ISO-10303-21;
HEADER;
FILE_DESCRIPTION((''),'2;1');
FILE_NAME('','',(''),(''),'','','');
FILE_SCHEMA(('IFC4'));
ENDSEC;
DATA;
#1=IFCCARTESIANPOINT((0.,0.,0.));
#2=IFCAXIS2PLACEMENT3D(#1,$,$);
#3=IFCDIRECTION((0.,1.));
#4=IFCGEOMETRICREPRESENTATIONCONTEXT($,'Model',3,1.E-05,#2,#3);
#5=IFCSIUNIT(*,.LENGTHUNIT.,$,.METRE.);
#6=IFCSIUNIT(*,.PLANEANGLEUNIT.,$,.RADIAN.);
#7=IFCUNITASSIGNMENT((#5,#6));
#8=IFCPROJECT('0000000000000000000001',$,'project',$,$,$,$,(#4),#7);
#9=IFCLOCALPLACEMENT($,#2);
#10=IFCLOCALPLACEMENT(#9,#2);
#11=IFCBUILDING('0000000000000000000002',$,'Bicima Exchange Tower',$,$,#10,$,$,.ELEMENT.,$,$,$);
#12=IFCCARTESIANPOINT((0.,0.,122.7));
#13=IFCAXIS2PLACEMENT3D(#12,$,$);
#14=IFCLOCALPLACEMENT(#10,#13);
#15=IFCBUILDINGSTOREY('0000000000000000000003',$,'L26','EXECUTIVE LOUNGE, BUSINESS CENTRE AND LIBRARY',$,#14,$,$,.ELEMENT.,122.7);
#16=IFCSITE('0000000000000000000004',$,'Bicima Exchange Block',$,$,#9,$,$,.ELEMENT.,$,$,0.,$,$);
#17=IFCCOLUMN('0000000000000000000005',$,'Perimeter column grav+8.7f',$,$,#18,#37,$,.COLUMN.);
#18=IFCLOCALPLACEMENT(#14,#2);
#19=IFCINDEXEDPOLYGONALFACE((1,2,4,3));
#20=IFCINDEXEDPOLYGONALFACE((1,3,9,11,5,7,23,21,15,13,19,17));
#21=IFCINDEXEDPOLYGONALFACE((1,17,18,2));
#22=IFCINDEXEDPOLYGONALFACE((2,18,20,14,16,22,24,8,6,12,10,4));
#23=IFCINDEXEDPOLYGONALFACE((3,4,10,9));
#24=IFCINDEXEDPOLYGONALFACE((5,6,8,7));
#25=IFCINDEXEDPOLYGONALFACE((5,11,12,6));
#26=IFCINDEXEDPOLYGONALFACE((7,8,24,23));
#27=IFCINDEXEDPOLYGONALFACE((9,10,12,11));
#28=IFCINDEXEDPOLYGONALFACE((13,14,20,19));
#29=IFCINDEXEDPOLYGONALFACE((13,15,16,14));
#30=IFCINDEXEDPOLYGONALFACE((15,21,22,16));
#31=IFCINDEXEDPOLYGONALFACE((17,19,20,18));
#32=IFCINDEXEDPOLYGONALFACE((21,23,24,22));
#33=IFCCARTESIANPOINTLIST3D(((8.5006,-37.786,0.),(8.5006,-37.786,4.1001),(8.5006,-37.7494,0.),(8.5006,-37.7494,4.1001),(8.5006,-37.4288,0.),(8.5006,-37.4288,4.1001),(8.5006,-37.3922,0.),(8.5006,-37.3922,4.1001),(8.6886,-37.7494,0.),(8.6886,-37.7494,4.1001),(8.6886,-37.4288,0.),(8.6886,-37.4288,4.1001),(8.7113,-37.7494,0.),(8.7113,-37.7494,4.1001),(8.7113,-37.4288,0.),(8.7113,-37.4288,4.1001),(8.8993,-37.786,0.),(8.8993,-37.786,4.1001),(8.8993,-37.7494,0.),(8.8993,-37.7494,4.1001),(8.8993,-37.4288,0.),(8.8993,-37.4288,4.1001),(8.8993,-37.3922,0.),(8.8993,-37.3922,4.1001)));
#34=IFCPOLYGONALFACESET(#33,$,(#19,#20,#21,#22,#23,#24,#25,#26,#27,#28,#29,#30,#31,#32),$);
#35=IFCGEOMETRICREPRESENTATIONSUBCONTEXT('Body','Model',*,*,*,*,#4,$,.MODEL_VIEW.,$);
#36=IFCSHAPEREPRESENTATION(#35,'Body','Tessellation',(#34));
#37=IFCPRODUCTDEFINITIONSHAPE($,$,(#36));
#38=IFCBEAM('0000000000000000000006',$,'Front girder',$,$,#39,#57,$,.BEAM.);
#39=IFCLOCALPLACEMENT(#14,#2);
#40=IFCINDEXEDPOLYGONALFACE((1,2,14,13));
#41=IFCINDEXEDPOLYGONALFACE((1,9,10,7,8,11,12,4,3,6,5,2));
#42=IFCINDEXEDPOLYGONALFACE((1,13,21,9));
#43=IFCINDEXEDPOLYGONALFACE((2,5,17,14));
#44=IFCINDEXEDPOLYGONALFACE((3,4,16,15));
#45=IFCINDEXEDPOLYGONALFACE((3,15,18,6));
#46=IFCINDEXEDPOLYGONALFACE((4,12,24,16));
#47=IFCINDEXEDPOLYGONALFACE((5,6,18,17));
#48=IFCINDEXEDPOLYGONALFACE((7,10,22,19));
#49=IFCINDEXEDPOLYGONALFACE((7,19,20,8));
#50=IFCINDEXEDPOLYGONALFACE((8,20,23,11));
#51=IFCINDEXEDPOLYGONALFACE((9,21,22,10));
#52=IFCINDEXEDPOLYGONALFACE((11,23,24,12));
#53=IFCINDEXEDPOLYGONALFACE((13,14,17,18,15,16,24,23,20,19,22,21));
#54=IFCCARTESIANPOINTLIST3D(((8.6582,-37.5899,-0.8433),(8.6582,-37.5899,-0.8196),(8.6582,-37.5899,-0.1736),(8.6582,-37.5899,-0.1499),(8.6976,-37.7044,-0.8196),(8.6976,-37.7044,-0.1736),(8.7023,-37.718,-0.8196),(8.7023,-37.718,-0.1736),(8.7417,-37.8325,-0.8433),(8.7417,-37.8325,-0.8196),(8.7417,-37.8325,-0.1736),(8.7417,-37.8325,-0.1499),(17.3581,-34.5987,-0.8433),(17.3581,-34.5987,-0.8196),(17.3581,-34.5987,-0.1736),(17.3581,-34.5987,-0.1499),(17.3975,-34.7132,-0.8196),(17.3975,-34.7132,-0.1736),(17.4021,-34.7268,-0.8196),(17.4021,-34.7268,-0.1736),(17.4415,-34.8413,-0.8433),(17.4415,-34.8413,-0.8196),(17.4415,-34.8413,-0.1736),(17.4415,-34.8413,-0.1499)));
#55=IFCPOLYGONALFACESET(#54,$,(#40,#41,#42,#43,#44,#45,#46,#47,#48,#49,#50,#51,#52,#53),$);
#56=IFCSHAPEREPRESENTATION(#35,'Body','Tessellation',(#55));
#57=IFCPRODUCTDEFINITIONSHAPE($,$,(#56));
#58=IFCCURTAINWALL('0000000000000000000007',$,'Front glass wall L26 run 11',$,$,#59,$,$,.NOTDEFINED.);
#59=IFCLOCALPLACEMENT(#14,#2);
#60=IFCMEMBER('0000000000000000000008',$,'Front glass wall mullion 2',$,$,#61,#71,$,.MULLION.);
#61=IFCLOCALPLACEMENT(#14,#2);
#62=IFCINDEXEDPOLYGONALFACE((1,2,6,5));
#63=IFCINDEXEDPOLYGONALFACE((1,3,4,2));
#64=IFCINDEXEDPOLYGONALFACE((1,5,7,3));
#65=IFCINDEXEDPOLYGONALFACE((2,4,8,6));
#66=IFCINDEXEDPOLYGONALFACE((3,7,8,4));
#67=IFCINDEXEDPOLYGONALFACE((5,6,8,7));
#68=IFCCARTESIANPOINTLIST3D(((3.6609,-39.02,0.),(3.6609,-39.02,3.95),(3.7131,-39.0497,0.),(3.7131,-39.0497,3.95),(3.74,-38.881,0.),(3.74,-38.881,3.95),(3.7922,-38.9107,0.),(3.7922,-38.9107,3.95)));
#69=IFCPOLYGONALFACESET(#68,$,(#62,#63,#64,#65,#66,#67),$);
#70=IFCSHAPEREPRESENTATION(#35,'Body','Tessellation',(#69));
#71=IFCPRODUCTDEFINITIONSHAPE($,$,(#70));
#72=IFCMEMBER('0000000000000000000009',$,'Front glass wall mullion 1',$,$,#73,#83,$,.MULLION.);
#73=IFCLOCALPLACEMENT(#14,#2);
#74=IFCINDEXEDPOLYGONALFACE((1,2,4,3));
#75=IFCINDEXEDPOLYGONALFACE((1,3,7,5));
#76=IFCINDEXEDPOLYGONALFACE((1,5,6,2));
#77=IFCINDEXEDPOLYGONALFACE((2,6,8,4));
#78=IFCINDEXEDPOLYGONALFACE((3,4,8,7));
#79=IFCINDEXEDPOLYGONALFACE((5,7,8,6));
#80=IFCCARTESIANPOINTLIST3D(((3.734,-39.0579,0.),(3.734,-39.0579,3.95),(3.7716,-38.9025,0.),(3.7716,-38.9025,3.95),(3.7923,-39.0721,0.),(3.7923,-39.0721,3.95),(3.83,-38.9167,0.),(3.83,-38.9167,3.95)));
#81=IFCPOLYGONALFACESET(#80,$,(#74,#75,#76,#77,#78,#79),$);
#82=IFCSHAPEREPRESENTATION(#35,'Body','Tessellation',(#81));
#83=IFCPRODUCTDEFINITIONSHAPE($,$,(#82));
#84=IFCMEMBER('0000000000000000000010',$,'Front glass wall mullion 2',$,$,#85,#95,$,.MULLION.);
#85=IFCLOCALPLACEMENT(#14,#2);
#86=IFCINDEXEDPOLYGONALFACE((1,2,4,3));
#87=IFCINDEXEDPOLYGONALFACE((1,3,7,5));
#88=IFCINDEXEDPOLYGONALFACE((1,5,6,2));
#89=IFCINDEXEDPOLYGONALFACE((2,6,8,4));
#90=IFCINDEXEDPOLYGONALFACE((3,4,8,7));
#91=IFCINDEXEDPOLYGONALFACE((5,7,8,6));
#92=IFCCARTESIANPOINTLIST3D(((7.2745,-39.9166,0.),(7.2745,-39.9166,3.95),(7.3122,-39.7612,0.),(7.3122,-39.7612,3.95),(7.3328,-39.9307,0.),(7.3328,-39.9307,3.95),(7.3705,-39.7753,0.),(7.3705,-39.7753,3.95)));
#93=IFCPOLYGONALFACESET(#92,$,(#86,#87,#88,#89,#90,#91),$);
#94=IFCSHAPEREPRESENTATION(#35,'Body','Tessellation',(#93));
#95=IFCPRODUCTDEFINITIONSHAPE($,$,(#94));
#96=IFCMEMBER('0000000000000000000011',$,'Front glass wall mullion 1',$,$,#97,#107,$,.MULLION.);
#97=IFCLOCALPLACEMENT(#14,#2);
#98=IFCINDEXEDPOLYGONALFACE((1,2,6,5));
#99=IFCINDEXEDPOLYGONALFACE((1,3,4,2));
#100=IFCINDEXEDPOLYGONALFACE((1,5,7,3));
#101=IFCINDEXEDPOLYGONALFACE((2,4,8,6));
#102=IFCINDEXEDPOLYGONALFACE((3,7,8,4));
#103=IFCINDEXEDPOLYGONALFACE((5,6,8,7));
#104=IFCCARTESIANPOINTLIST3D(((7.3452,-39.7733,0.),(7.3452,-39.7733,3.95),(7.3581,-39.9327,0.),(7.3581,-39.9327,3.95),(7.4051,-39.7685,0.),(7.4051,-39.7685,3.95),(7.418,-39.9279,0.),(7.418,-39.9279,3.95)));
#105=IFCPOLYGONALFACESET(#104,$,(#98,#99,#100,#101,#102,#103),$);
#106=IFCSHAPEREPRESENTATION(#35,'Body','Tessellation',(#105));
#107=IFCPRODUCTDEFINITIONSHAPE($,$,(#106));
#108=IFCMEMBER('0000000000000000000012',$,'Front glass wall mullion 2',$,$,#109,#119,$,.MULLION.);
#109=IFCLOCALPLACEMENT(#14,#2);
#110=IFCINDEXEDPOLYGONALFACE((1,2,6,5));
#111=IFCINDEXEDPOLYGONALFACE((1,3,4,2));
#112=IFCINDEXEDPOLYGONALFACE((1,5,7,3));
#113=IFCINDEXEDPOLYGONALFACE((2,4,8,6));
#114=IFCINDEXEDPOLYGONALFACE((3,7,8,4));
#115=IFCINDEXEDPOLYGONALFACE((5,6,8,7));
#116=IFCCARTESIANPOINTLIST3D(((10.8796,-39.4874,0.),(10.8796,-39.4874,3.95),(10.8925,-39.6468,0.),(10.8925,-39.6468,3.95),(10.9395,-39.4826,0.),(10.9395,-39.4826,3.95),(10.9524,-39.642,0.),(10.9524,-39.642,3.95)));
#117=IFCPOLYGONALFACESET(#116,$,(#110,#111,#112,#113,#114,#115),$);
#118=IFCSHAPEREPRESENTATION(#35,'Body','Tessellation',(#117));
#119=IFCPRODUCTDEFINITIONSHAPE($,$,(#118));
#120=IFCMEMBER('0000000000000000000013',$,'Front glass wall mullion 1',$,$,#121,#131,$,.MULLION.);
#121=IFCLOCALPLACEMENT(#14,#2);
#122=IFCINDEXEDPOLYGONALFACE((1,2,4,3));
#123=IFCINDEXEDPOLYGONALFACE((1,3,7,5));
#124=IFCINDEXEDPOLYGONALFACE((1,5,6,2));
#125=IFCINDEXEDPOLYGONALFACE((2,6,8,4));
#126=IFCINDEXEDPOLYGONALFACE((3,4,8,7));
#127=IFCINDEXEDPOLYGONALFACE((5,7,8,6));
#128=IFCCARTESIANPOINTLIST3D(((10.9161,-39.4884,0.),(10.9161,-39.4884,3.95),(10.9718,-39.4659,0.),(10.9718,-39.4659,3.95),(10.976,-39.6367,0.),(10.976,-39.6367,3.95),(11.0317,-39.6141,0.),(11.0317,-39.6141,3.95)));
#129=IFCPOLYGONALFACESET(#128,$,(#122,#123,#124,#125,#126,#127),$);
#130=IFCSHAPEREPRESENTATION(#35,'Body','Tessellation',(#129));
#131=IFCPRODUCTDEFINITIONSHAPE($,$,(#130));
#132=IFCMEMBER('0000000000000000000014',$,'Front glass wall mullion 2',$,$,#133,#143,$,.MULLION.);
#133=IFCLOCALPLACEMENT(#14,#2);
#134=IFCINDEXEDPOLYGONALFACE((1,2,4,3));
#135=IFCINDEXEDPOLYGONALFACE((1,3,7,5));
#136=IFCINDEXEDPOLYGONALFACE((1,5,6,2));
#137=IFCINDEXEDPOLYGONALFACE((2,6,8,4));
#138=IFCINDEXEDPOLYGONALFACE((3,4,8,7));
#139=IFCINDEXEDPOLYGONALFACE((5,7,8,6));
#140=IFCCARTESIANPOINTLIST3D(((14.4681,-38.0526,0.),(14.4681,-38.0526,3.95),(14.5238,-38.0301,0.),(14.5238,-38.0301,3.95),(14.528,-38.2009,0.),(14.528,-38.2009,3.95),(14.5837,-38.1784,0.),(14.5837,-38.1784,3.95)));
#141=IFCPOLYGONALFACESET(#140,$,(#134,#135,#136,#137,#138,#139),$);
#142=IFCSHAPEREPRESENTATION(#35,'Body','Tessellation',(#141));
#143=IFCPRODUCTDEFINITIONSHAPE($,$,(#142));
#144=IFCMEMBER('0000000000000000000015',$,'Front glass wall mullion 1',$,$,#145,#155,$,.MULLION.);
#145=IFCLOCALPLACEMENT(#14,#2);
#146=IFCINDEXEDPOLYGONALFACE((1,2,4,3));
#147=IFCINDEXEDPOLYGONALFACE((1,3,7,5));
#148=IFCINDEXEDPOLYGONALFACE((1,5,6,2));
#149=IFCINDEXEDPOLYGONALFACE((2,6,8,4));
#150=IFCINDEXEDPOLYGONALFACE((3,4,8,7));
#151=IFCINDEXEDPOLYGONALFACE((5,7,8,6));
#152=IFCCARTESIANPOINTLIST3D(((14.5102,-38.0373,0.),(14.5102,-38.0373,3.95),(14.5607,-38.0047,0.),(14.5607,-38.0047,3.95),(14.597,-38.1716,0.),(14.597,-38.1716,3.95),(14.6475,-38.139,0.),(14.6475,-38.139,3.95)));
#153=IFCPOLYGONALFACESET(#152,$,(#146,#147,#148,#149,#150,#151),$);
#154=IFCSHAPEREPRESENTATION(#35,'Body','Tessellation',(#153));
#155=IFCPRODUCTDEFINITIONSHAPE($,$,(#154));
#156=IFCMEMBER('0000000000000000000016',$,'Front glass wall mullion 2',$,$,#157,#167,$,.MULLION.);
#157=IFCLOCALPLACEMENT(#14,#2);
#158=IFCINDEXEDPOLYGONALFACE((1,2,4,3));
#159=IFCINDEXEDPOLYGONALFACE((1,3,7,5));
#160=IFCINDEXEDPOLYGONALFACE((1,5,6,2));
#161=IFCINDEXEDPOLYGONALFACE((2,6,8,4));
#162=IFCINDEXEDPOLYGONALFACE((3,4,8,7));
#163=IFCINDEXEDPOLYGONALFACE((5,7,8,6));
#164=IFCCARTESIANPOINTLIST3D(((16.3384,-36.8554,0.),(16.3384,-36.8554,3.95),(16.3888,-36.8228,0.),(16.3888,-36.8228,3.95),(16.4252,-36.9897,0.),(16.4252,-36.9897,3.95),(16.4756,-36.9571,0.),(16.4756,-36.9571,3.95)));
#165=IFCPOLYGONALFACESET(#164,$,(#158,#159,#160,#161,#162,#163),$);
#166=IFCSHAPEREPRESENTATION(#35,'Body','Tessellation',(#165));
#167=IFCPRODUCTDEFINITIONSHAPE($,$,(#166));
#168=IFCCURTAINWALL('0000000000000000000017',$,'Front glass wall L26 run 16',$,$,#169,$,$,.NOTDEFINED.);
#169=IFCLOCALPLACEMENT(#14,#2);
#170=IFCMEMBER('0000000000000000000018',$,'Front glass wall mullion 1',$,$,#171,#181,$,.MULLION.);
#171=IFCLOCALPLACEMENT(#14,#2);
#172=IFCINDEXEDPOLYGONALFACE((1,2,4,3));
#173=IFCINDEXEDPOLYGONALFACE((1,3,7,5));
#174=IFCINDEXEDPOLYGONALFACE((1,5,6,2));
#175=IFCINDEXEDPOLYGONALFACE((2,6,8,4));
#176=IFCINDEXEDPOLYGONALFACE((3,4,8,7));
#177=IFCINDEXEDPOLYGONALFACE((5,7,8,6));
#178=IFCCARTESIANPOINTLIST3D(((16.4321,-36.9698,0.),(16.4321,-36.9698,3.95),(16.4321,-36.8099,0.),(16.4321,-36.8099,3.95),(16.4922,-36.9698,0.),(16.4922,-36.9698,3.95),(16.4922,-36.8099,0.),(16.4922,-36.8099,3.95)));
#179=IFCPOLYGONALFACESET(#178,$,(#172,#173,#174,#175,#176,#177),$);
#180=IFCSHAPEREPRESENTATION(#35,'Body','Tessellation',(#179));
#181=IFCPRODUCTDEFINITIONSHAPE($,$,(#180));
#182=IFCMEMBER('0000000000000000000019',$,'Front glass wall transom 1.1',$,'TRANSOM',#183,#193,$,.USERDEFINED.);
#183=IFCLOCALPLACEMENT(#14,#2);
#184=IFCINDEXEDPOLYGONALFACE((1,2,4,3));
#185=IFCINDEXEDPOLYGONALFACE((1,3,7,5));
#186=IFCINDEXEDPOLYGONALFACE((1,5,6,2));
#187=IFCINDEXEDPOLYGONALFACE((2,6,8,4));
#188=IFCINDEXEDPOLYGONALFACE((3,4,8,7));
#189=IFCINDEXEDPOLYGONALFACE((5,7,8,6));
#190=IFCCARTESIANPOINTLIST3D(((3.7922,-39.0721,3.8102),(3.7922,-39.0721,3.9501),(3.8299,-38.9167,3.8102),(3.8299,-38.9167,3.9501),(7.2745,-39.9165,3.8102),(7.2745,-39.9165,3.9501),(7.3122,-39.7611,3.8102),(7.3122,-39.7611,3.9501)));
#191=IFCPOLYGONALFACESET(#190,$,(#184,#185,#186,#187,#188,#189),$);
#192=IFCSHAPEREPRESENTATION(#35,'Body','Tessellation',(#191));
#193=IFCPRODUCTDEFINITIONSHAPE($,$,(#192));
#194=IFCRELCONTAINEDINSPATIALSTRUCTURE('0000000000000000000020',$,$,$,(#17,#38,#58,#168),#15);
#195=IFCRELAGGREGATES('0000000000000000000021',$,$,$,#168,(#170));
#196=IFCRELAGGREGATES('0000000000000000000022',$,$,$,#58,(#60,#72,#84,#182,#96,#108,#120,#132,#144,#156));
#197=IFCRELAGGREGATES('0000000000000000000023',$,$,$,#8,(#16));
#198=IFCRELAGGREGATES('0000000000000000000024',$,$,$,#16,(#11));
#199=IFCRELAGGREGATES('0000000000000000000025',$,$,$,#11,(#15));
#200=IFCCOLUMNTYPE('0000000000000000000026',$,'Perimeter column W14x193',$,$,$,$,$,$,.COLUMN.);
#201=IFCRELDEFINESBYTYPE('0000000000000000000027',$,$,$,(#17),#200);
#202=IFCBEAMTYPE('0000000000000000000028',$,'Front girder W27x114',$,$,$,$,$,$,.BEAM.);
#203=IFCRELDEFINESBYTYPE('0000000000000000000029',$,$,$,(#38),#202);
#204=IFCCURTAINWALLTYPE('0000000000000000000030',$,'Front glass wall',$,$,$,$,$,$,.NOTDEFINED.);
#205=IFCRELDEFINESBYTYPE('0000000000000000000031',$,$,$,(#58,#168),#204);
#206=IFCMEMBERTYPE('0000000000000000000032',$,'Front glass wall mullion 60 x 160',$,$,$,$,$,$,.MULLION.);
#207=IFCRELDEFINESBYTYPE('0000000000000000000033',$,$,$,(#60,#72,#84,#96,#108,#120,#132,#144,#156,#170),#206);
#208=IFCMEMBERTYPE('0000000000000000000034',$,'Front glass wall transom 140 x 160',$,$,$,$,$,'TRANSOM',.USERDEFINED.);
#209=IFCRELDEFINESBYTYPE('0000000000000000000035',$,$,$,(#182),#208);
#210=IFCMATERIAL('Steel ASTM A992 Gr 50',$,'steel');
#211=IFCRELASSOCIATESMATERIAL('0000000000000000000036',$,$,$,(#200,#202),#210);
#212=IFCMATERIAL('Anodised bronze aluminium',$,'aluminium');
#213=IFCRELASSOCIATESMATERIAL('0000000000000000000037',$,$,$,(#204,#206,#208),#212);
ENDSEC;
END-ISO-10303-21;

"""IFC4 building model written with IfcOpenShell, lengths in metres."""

from ifc_helpers import new_model, si_unit, direction, frame, origin, origin_2d, place, context, subcontext, project, spatial, rectangle, i_section, extrude, material, material_profile, profile_set, type_object, element, aggregate, save


model = new_model("IFC4")

# Units and contexts
model_context = context("Model", 3, precision=1e-05, world=origin(), true_north=direction((0.0, 1.0)))
body_context = subcontext(model_context, "Body", "Model", "MODEL_VIEW")
ifc_project = project(units=[si_unit("LENGTHUNIT", "METRE"), si_unit("PLANEANGLEUNIT", "RADIAN")], contexts=[model_context])

# Site, building, storey
site_placement = place(None, origin())
site = spatial("IfcSite", under=ifc_project, at=site_placement, Name="Bicima Exchange Block", CompositionType="ELEMENT", RefElevation=0.0)
building_placement = place(site_placement, origin())
building = spatial("IfcBuilding", under=site, at=building_placement, Name="Bicima Exchange Tower", CompositionType="ELEMENT")
storey_placement = place(building_placement, frame((0.0, 0.0, 122.7)))
storey = spatial("IfcBuildingStorey", under=building, at=storey_placement, Name="L26", Description="EXECUTIVE LOUNGE, BUSINESS CENTRE AND LIBRARY", CompositionType="ELEMENT", Elevation=122.7)

# Column
ifc_material_1 = material(Name="Steel ASTM A992 Gr 50", Category="steel")
ifc_material_profile_1 = material_profile(ifc_material_1, i_section(OverallWidth=0.3987, OverallDepth=0.3938, WebThickness=0.0227, FlangeThickness=0.0366, at=origin_2d()))
ifc_profile_set_1 = profile_set([ifc_material_profile_1], Name="Steel ASTM A992 Gr 50")
column_type = type_object("IfcColumnType", Name="Perimeter column W14x193", PredefinedType="COLUMN", material=ifc_profile_set_1)
column_placement = place(storey_placement, frame((8.7, -37.5891, 0.0), z_axis=(0.0, 0.0, 1.0), x_axis=(1.0, 0.0, 0.0)))
element("IfcColumn", 1, at=column_placement, inside=storey, type_object=column_type, Name="Perimeter column grav+8.7f", PredefinedType="COLUMN", context=body_context, shape_type="SweptSolid", body=[
    extrude(i_section(OverallWidth=0.3987, OverallDepth=0.3938, WebThickness=0.0227, FlangeThickness=0.0366, at=origin_2d()), origin(), (0.0, 0.0, 1.0), 4.1001),
])

# Beam
ifc_material_profile_2 = material_profile(ifc_material_1, i_section(OverallWidth=0.2566, OverallDepth=0.6934, WebThickness=0.0144, FlangeThickness=0.0237, at=origin_2d()))
ifc_profile_set_2 = profile_set([ifc_material_profile_2], Name="Steel ASTM A992 Gr 50")
beam_type = type_object("IfcBeamType", Name="Front girder W27x114", PredefinedType="BEAM", material=ifc_profile_set_2)
beam_placement = place(storey_placement, frame((8.7, -37.7112, -0.4966), z_axis=(0.945666, 0.325138, 0.0), x_axis=(-0.325138, 0.945666, 0.0)))
element("IfcBeam", 2, at=beam_placement, inside=storey, type_object=beam_type, Name="Front girder", PredefinedType="BEAM", context=body_context, shape_type="SweptSolid", body=[
    extrude(i_section(OverallWidth=0.2566, OverallDepth=0.6934, WebThickness=0.0144, FlangeThickness=0.0237, at=origin_2d()), origin(), (0.0, 0.0, 1.0), 9.1997),
])

# Curtain wall, members
ifc_material_2 = material(Name="Anodised bronze aluminium", Category="aluminium")
curtain_wall_type = type_object("IfcCurtainWallType", Name="Front glass wall", PredefinedType="NOTDEFINED", material=ifc_material_2)
curtain_wall_1_placement = place(storey_placement, origin())
curtain_wall_1 = element("IfcCurtainWall", 3, at=curtain_wall_1_placement, inside=storey, type_object=curtain_wall_type, Name="Front glass wall L26 run 11", PredefinedType="NOTDEFINED")
ifc_material_profile_3 = material_profile(ifc_material_2, rectangle(XDim=0.1599, YDim=0.0601, at=origin_2d()))
ifc_profile_set_3 = profile_set([ifc_material_profile_3], Name="Anodised bronze aluminium")
member_type_1 = type_object("IfcMemberType", Name="Front glass wall mullion 60 x 160", PredefinedType="MULLION", material=ifc_profile_set_3)
member_1_placement = place(storey_placement, frame((3.7266, -38.9653, 0.0), z_axis=(0.0, 0.0, 1.0), x_axis=(0.49433, 0.869274, 0.0)))
member_1 = element("IfcMember", 4, at=member_1_placement, type_object=member_type_1, Name="Front glass wall mullion 2", PredefinedType="MULLION", context=body_context, shape_type="SweptSolid", body=[
    extrude(rectangle(XDim=0.1599, YDim=0.0601, at=origin_2d()), origin(), (0.0, 0.0, 1.0), 3.95),
])
member_2_placement = place(storey_placement, frame((3.782, -38.9873, 0.0), z_axis=(0.0, 0.0, 1.0), x_axis=(0.235682, 0.97183, 0.0)))
member_2 = element("IfcMember", 5, at=member_2_placement, type_object=member_type_1, Name="Front glass wall mullion 1", PredefinedType="MULLION", context=body_context, shape_type="SweptSolid", body=[
    extrude(rectangle(XDim=0.1599, YDim=0.0601, at=origin_2d()), origin(), (0.0, 0.0, 1.0), 3.95),
])
member_3_placement = place(storey_placement, frame((7.3225, -39.8459, 0.0), z_axis=(0.0, 0.0, 1.0), x_axis=(0.235682, 0.97183, 0.0)))
member_3 = element("IfcMember", 6, at=member_3_placement, type_object=member_type_1, Name="Front glass wall mullion 2", PredefinedType="MULLION", context=body_context, shape_type="SweptSolid", body=[
    extrude(rectangle(XDim=0.1599, YDim=0.0601, at=origin_2d()), origin(), (0.0, 0.0, 1.0), 3.95),
])
member_4_placement = place(storey_placement, frame((7.3816, -39.8506, 0.0), z_axis=(0.0, 0.0, 1.0), x_axis=(-0.080589, 0.996747, 0.0)))
member_4 = element("IfcMember", 7, at=member_4_placement, type_object=member_type_1, Name="Front glass wall mullion 1", PredefinedType="MULLION", context=body_context, shape_type="SweptSolid", body=[
    extrude(rectangle(XDim=0.1599, YDim=0.0601, at=origin_2d()), origin(), (0.0, 0.0, 1.0), 3.95),
])
member_5_placement = place(storey_placement, frame((10.916, -39.5647, 0.0), z_axis=(0.0, 0.0, 1.0), x_axis=(-0.080589, 0.996747, 0.0)))
member_5 = element("IfcMember", 8, at=member_5_placement, type_object=member_type_1, Name="Front glass wall mullion 2", PredefinedType="MULLION", context=body_context, shape_type="SweptSolid", body=[
    extrude(rectangle(XDim=0.1599, YDim=0.0601, at=origin_2d()), origin(), (0.0, 0.0, 1.0), 3.95),
])
member_6_placement = place(storey_placement, frame((10.9739, -39.5513, 0.0), z_axis=(0.0, 0.0, 1.0), x_axis=(-0.374705, 0.927144, 0.0)))
member_6 = element("IfcMember", 9, at=member_6_placement, type_object=member_type_1, Name="Front glass wall mullion 1", PredefinedType="MULLION", context=body_context, shape_type="SweptSolid", body=[
    extrude(rectangle(XDim=0.1599, YDim=0.0601, at=origin_2d()), origin(), (0.0, 0.0, 1.0), 3.95),
])
member_7_placement = place(storey_placement, frame((14.5259, -38.1155, 0.0), z_axis=(0.0, 0.0, 1.0), x_axis=(-0.374705, 0.927144, 0.0)))
member_7 = element("IfcMember", 10, at=member_7_placement, type_object=member_type_1, Name="Front glass wall mullion 2", PredefinedType="MULLION", context=body_context, shape_type="SweptSolid", body=[
    extrude(rectangle(XDim=0.1599, YDim=0.0601, at=origin_2d()), origin(), (0.0, 0.0, 1.0), 3.95),
])
member_8_placement = place(storey_placement, frame((14.5789, -38.0881, 0.0), z_axis=(0.0, 0.0, 1.0), x_axis=(-0.542909, 0.839791, 0.0)))
member_8 = element("IfcMember", 11, at=member_8_placement, type_object=member_type_1, Name="Front glass wall mullion 1", PredefinedType="MULLION", context=body_context, shape_type="SweptSolid", body=[
    extrude(rectangle(XDim=0.1599, YDim=0.0601, at=origin_2d()), origin(), (0.0, 0.0, 1.0), 3.95),
])
member_9_placement = place(storey_placement, frame((16.407, -36.9062, 0.0), z_axis=(0.0, 0.0, 1.0), x_axis=(-0.542909, 0.839791, 0.0)))
member_9 = element("IfcMember", 12, at=member_9_placement, type_object=member_type_1, Name="Front glass wall mullion 2", PredefinedType="MULLION", context=body_context, shape_type="SweptSolid", body=[
    extrude(rectangle(XDim=0.1599, YDim=0.0601, at=origin_2d()), origin(), (0.0, 0.0, 1.0), 3.95),
])

# Curtain wall, member
curtain_wall_2_placement = place(storey_placement, origin())
curtain_wall_2 = element("IfcCurtainWall", 13, at=curtain_wall_2_placement, inside=storey, type_object=curtain_wall_type, Name="Front glass wall L26 run 16", PredefinedType="NOTDEFINED")
member_10_placement = place(storey_placement, frame((16.4622, -36.8899, 0.0), z_axis=(0.0, 0.0, 1.0), x_axis=(0.0, 1.0, 0.0)))
member_10 = element("IfcMember", 14, at=member_10_placement, type_object=member_type_1, Name="Front glass wall mullion 1", PredefinedType="MULLION", context=body_context, shape_type="SweptSolid", body=[
    extrude(rectangle(XDim=0.1599, YDim=0.0601, at=origin_2d()), origin(), (0.0, 0.0, 1.0), 3.95),
])
aggregate(curtain_wall_2, [member_10])

# Member
ifc_material_profile_4 = material_profile(ifc_material_2, rectangle(XDim=0.1599, YDim=0.1399, at=origin_2d()))
ifc_profile_set_4 = profile_set([ifc_material_profile_4], Name="Anodised bronze aluminium")
member_type_2 = type_object("IfcMemberType", Name="Front glass wall transom 140 x 160", ElementType="TRANSOM", PredefinedType="USERDEFINED", material=ifc_profile_set_4)
member_11_placement = place(storey_placement, frame((3.811, -38.9944, 3.8801), z_axis=(0.971834, -0.235668, 0.0), x_axis=(0.235668, 0.971834, 0.0)))
member_11 = element("IfcMember", 15, at=member_11_placement, type_object=member_type_2, Name="Front glass wall transom 1.1", ObjectType="TRANSOM", PredefinedType="USERDEFINED", context=body_context, shape_type="SweptSolid", body=[
    extrude(rectangle(XDim=0.1599, YDim=0.1399, at=origin_2d()), origin(), (0.0, 0.0, 1.0), 3.5833),
])

aggregate(curtain_wall_1, [member_1, member_2, member_3, member_11, member_4, member_5, member_6, member_7, member_8, member_9])

save(model, "model.ifc")
